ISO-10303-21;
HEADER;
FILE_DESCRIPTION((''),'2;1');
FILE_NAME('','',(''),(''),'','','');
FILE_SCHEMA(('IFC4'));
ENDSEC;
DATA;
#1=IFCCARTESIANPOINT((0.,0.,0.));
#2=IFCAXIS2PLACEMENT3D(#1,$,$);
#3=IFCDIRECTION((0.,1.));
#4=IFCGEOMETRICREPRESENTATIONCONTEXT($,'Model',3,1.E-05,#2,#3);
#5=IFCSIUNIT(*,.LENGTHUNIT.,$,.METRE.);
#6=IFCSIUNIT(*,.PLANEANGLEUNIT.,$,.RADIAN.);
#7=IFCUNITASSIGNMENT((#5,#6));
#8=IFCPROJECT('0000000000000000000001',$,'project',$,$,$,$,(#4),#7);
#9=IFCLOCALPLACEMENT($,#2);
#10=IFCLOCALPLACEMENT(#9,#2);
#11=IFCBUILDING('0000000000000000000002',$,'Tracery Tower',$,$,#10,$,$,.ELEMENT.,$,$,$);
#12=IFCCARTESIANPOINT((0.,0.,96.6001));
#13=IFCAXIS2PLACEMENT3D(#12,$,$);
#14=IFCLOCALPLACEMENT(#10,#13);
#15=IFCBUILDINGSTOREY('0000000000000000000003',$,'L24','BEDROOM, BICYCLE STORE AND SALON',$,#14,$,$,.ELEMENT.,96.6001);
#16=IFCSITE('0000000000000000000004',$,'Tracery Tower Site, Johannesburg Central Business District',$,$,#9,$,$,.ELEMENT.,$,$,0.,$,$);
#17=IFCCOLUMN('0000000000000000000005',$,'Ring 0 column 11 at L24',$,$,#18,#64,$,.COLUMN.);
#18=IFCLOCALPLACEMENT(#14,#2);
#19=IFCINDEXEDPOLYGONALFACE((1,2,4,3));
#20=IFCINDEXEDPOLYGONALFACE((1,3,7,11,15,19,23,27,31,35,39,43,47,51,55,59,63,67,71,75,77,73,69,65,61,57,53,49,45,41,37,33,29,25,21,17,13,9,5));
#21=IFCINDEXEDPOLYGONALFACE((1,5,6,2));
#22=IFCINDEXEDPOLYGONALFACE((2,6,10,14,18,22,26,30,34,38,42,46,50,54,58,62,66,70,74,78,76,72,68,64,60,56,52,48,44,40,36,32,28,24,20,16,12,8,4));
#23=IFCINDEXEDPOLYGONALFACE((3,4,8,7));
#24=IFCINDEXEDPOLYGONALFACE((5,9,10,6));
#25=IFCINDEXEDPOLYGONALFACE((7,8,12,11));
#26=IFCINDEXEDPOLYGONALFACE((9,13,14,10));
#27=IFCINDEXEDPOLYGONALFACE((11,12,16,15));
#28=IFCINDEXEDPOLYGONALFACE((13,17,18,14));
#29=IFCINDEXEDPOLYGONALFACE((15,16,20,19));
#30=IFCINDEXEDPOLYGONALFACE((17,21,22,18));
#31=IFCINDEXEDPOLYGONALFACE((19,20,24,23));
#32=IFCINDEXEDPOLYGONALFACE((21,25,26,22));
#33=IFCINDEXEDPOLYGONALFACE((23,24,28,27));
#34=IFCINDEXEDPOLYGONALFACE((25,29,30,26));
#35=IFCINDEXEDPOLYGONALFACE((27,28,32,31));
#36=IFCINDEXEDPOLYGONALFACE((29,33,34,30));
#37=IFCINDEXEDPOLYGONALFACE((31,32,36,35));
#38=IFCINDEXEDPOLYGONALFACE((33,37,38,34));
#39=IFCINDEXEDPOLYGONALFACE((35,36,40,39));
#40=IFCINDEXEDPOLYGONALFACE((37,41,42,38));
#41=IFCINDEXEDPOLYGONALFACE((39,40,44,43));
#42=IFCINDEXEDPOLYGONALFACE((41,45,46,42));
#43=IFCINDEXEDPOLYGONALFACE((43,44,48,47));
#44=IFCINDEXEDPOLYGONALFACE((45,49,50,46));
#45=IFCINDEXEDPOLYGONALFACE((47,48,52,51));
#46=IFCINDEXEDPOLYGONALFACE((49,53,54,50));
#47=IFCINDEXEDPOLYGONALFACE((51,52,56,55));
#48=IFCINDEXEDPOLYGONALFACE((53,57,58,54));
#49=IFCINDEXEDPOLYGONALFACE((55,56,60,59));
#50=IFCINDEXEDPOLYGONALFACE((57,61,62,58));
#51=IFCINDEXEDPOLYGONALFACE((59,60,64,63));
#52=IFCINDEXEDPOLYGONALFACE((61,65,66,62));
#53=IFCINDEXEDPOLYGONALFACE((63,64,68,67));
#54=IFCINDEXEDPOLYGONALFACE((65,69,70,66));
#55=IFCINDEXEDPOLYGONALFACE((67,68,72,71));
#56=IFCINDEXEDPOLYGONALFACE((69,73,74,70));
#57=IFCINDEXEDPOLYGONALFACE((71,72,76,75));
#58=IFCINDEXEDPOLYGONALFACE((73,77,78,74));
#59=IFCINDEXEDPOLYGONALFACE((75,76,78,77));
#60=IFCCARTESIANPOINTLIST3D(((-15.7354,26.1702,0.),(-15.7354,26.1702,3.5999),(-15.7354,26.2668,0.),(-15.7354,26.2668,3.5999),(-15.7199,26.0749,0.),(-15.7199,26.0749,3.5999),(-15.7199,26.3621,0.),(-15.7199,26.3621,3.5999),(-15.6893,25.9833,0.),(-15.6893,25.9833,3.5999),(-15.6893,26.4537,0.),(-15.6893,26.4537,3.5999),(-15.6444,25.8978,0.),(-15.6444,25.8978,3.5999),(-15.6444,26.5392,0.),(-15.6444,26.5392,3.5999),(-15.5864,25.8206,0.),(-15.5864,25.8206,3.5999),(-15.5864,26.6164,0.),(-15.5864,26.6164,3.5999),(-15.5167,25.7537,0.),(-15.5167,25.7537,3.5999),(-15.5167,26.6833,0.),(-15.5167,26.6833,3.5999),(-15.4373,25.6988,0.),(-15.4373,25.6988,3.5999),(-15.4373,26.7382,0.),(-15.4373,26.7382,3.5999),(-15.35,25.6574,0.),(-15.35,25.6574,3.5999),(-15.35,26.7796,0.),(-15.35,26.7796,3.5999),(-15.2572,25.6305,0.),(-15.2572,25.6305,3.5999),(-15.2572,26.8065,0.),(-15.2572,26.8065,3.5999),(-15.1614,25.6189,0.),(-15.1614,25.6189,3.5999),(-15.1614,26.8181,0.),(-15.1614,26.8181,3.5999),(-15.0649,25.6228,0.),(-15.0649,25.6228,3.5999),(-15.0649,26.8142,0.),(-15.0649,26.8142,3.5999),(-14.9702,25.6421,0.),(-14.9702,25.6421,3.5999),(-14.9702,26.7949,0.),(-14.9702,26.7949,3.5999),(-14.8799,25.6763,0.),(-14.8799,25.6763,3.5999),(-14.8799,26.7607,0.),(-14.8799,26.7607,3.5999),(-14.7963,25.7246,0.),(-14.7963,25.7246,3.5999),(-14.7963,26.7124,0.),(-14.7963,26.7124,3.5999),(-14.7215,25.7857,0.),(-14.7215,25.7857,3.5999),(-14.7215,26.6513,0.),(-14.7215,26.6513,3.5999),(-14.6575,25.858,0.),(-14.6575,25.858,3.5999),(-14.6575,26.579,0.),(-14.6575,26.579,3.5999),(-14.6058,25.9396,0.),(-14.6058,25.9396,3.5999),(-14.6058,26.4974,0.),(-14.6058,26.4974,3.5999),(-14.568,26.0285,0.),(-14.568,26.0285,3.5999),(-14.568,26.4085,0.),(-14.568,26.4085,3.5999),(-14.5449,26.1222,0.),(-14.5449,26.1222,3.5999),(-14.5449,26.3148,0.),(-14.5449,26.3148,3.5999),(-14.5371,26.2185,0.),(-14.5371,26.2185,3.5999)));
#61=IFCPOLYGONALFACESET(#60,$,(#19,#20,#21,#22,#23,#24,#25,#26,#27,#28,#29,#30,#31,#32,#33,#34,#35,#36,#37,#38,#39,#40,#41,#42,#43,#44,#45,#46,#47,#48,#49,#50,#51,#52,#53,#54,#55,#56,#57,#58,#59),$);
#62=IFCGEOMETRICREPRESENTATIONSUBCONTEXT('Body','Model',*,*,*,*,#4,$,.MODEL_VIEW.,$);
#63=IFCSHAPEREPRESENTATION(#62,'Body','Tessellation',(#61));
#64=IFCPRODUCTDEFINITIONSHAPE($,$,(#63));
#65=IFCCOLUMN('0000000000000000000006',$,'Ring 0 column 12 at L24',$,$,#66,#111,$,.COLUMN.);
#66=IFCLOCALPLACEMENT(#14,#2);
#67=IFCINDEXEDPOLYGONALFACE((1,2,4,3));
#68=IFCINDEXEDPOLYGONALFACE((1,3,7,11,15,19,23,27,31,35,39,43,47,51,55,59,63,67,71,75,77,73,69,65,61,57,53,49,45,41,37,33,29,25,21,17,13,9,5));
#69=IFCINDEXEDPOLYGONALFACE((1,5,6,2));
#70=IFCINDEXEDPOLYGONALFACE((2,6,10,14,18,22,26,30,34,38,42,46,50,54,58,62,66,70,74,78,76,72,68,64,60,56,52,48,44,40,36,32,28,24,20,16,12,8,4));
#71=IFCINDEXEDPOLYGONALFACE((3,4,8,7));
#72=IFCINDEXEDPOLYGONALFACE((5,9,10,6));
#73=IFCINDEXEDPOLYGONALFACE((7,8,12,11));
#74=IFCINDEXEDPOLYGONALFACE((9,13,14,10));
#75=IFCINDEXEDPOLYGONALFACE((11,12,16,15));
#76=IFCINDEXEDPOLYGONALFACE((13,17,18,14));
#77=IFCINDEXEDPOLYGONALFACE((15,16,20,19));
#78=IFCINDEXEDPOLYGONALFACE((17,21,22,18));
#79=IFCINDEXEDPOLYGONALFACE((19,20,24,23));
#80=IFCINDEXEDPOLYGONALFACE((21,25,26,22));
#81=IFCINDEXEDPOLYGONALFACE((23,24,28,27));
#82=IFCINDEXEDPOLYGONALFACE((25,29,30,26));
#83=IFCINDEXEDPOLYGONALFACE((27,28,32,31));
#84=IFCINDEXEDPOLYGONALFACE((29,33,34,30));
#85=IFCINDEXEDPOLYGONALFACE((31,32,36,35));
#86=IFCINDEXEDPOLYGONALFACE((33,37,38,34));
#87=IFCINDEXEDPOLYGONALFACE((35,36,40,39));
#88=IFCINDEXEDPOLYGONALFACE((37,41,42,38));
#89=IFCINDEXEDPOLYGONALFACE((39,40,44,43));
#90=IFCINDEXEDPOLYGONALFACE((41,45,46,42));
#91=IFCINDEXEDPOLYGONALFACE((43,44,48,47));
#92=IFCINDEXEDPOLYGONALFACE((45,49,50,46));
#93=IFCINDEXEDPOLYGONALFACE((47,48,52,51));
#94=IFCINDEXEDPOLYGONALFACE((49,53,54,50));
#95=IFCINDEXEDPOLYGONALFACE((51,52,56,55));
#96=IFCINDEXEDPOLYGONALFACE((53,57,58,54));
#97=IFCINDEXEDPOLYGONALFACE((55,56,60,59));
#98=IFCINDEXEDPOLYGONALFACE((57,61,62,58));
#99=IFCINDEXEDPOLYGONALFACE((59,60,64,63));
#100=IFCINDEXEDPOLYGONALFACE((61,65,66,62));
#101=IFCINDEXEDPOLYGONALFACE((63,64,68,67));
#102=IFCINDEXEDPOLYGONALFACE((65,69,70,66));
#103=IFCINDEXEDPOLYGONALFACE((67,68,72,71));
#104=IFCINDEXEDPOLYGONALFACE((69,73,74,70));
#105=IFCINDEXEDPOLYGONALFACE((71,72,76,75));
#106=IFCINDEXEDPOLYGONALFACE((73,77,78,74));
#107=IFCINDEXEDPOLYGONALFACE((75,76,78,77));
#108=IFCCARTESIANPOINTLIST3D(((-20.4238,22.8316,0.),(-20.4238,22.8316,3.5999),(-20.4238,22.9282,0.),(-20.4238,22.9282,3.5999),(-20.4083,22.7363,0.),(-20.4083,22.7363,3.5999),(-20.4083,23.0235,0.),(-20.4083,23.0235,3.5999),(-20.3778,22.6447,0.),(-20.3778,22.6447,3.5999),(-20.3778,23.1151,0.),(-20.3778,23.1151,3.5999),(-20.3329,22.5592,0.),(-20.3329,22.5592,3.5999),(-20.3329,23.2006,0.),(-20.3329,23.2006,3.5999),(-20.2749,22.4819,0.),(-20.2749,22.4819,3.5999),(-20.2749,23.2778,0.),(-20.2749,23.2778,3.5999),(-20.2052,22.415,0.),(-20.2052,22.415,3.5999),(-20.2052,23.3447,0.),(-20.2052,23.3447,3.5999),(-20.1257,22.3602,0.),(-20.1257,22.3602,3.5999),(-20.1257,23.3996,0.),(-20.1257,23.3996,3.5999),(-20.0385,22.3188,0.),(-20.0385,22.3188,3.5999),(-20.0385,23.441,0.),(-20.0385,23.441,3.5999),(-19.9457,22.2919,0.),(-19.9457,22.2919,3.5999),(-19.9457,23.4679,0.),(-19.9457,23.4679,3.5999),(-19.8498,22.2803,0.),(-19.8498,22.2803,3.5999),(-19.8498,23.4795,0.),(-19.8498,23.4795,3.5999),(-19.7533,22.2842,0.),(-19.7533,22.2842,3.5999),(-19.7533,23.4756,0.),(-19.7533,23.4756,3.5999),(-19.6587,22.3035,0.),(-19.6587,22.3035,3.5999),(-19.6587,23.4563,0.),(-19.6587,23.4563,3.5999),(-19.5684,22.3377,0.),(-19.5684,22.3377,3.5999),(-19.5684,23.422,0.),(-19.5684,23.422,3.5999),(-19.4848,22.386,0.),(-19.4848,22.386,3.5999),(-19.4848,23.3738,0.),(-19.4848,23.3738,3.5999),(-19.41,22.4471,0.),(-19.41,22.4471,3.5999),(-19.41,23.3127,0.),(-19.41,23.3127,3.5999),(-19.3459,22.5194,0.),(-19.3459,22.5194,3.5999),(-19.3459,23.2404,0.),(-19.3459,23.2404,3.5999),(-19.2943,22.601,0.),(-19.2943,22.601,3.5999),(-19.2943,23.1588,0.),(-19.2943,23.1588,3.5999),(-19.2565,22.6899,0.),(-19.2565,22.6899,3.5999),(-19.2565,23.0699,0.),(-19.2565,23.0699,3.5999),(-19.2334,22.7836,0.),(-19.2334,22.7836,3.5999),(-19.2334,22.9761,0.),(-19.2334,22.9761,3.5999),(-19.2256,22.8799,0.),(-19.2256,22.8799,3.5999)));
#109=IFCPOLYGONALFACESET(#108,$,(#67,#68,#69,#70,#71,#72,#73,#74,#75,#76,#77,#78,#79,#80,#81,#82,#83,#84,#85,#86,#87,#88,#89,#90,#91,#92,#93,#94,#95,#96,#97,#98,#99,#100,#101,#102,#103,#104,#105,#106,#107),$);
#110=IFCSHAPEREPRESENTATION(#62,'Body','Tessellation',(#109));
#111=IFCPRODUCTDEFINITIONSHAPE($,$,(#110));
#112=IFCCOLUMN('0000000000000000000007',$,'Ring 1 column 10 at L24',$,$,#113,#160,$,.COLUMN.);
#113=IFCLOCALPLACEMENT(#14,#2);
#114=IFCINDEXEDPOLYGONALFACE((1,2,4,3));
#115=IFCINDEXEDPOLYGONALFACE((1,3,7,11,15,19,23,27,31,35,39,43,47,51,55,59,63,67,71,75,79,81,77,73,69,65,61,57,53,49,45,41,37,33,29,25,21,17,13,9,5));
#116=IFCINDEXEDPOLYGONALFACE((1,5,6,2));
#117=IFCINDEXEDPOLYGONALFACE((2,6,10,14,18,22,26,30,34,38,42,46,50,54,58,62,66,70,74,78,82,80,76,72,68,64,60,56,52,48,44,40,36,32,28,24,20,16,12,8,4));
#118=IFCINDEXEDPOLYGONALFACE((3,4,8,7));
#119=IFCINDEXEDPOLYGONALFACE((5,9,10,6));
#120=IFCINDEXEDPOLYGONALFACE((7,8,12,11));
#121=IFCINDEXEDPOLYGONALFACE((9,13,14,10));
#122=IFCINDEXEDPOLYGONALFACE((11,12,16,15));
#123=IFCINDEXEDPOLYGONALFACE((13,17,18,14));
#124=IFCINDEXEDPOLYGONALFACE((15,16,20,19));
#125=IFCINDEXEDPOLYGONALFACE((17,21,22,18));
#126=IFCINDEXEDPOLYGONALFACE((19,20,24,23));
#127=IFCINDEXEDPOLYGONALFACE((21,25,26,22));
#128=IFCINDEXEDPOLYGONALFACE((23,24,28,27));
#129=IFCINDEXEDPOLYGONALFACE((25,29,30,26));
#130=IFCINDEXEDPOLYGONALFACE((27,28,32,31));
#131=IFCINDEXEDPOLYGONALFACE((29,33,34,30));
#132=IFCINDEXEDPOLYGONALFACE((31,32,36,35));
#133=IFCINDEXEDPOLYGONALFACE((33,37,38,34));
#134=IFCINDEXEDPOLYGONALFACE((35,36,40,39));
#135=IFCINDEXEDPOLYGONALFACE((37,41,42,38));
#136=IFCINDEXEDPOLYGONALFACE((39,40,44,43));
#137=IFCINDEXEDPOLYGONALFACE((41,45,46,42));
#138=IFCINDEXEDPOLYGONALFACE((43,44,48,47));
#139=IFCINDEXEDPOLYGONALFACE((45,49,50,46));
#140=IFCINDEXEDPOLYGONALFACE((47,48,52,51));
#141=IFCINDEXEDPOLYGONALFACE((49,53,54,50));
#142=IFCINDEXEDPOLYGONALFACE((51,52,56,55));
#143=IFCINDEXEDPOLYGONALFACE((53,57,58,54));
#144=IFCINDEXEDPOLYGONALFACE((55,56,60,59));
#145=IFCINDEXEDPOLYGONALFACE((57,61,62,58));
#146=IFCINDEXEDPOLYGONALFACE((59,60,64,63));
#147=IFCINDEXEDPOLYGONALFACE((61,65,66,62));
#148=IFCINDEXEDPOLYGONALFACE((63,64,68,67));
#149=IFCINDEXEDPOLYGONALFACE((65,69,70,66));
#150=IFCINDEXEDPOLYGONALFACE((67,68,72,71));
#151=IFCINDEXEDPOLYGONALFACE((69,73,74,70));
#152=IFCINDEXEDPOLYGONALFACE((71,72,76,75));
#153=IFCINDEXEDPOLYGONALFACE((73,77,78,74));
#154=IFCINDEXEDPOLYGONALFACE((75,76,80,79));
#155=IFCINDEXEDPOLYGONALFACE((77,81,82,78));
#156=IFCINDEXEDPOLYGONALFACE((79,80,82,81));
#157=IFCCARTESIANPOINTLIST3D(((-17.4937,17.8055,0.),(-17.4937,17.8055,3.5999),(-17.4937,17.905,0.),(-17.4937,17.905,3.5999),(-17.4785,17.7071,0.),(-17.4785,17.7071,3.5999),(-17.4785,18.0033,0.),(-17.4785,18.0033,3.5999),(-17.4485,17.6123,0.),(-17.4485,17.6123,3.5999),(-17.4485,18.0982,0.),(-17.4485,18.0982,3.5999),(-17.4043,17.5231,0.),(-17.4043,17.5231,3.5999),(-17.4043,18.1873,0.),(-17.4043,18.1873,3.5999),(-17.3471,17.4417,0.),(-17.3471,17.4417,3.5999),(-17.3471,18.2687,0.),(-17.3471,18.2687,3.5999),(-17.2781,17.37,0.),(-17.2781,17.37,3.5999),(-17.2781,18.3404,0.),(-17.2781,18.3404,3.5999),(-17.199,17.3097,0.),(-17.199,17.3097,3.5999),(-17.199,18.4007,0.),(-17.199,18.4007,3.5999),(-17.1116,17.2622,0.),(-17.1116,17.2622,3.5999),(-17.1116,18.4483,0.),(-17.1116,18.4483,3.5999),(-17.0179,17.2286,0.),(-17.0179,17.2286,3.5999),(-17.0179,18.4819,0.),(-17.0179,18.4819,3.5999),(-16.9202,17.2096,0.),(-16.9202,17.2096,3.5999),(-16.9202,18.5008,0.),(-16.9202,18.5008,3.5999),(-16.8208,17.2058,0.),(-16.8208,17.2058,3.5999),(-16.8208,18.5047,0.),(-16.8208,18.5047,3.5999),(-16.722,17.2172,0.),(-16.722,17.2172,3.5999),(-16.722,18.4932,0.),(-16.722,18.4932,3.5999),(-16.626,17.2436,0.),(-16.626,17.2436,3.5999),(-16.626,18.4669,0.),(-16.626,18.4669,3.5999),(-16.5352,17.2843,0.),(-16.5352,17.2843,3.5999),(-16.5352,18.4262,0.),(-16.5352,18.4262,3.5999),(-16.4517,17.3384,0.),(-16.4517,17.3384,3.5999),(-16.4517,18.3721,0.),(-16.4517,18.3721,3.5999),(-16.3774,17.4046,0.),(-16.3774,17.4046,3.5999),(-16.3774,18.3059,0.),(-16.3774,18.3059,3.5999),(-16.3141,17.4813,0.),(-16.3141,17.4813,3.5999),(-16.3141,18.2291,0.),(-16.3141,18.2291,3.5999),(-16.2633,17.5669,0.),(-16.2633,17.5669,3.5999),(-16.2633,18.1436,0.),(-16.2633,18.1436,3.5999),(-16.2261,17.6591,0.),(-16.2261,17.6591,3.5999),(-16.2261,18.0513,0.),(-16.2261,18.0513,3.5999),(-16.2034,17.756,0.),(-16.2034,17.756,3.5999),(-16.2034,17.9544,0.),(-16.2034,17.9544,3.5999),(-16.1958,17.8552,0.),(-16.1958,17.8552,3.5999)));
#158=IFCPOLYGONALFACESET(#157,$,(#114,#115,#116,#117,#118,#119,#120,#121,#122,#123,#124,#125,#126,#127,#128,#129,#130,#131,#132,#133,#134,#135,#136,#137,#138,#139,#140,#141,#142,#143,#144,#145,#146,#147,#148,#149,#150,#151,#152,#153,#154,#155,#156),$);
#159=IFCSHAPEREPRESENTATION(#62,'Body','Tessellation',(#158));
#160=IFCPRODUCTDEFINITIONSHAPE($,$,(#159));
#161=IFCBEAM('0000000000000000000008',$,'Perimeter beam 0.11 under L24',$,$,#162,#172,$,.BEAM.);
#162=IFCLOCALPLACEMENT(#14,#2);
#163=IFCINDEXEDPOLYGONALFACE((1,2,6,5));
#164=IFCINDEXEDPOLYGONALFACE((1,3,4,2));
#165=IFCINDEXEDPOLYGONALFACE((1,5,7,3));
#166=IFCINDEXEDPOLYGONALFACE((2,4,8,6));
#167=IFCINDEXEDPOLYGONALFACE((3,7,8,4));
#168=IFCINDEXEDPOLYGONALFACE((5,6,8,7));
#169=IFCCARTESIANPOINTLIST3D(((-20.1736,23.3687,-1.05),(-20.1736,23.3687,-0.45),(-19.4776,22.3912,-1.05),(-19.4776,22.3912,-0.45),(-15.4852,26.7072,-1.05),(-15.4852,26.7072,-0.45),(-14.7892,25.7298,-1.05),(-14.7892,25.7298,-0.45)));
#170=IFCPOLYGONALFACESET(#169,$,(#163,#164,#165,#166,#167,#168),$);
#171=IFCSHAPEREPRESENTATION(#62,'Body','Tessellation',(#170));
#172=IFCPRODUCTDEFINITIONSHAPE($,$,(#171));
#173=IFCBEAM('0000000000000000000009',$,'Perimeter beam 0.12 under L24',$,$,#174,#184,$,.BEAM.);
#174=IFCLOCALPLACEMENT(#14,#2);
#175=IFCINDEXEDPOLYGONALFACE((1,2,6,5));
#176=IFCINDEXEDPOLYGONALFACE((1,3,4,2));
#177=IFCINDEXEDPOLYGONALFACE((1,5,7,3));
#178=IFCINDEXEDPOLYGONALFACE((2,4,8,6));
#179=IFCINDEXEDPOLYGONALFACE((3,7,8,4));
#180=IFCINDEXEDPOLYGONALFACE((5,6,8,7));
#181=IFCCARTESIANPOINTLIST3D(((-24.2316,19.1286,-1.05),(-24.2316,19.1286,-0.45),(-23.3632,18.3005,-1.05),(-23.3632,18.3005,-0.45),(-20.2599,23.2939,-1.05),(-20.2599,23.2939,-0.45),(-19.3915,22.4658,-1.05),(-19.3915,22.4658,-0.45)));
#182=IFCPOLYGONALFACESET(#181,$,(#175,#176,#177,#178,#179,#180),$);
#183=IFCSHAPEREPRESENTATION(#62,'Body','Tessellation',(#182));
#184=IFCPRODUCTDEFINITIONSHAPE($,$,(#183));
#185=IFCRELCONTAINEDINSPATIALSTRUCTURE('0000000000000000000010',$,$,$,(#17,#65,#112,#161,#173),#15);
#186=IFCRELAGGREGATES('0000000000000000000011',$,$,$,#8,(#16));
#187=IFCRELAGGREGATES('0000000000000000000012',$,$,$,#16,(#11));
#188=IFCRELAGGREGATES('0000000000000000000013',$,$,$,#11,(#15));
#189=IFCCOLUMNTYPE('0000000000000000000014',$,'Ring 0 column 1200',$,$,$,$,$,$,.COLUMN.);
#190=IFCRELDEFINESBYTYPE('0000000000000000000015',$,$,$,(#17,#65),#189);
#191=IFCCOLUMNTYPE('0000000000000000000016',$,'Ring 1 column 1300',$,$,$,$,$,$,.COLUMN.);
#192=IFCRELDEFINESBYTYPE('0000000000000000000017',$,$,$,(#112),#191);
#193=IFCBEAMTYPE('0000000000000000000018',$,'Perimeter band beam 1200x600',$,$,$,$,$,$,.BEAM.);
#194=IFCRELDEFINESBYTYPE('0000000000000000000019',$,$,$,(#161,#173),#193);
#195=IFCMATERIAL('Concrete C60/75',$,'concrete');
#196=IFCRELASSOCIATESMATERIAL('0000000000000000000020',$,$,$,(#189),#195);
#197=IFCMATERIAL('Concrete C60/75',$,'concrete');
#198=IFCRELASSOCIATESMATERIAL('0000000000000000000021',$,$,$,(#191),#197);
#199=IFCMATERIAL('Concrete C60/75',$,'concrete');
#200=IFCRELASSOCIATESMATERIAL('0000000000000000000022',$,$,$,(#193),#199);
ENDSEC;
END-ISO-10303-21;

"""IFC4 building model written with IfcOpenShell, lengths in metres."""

from ifc_helpers import new_model, si_unit, direction, frame, origin, origin_2d, place, context, subcontext, project, spatial, rectangle, circle, extrude, material, material_profile, profile_set, type_object, element, save


model = new_model("IFC4")

# Units and contexts
model_context = context("Model", 3, precision=1e-05, world=origin(), true_north=direction((0.0, 1.0)))
body_context = subcontext(model_context, "Body", "Model", "MODEL_VIEW")
ifc_project = project(units=[si_unit("LENGTHUNIT", "METRE"), si_unit("PLANEANGLEUNIT", "RADIAN")], contexts=[model_context])

# Site, building, storey
site_placement = place(None, origin())
site = spatial("IfcSite", under=ifc_project, at=site_placement, Name="Tracery Tower Site, Johannesburg Central Business District", CompositionType="ELEMENT", RefElevation=0.0)
building_placement = place(site_placement, origin())
building = spatial("IfcBuilding", under=site, at=building_placement, Name="Tracery Tower", CompositionType="ELEMENT")
storey_placement = place(building_placement, frame((0.0, 0.0, 96.6001)))
storey = spatial("IfcBuildingStorey", under=building, at=storey_placement, Name="L24", Description="BEDROOM, BICYCLE STORE AND SALON", CompositionType="ELEMENT", Elevation=96.6001)

# Columns
ifc_material_1 = material(Name="Concrete C60/75", Category="concrete")
ifc_material_profile_1 = material_profile(ifc_material_1, circle(Radius=0.6001, at=origin_2d()), Name="RC D1200")
ifc_profile_set_1 = profile_set([ifc_material_profile_1], Name="Concrete C60/75")
column_type_1 = type_object("IfcColumnType", Name="Ring 0 column 1200", PredefinedType="COLUMN", material=ifc_profile_set_1)
for number, where, z_axis, x_axis, name in (
    (1, (-15.1372, 26.2185, 0.0), (0.0, 0.0, 1.0), (1.0, 0.0, 0.0), "Ring 0 column 11 at L24"),
    (2, (-19.8257, 22.8799, 0.0), (0.0, 0.0, 1.0), (1.0, 0.0, 0.0), "Ring 0 column 12 at L24"),
):
    element("IfcColumn", number, at=place(storey_placement, frame(where, z_axis=z_axis, x_axis=x_axis)), inside=storey, type_object=column_type_1, Name=name, PredefinedType="COLUMN", context=body_context, shape_type="SweptSolid", body=[
        extrude(circle(Radius=0.6001, at=origin_2d()), origin(), (0.0, 0.0, 1.0), 3.5999),
    ])
ifc_material_2 = material(Name="Concrete C60/75", Category="concrete")
ifc_material_profile_2 = material_profile(ifc_material_2, circle(Radius=0.6499, at=origin_2d()), Name="RC D1300")
ifc_profile_set_2 = profile_set([ifc_material_profile_2], Name="Concrete C60/75")
column_type_2 = type_object("IfcColumnType", Name="Ring 1 column 1300", PredefinedType="COLUMN", material=ifc_profile_set_2)
column_placement = place(storey_placement, frame((-16.8457, 17.8552, 0.0), z_axis=(0.0, 0.0, 1.0), x_axis=(1.0, 0.0, 0.0)))
element("IfcColumn", 3, at=column_placement, inside=storey, type_object=column_type_2, Name="Ring 1 column 10 at L24", PredefinedType="COLUMN", context=body_context, shape_type="SweptSolid", body=[
    extrude(circle(Radius=0.6499, at=origin_2d()), origin(), (0.0, 0.0, 1.0), 3.5999),
])

# Beams
ifc_material_3 = material(Name="Concrete C60/75", Category="concrete")
ifc_material_profile_3 = material_profile(ifc_material_3, rectangle(XDim=1.2, YDim=0.6001, at=origin_2d()), Name="RC 1200x600")
ifc_profile_set_3 = profile_set([ifc_material_profile_3], Name="Concrete C60/75")
beam_type = type_object("IfcBeamType", Name="Perimeter band beam 1200x600", PredefinedType="BEAM", material=ifc_profile_set_3)
beam_1_placement = place(storey_placement, frame((-15.1372, 26.2185, -0.75), z_axis=(-0.814578, -0.580054, 0.0), x_axis=(0.580054, -0.814578, 0.0)))
element("IfcBeam", 4, at=beam_1_placement, inside=storey, type_object=beam_type, Name="Perimeter beam 0.11 under L24", PredefinedType="BEAM", context=body_context, shape_type="SweptSolid", body=[
    extrude(rectangle(XDim=1.2, YDim=0.6001, at=origin_2d()), origin(), (0.0, 0.0, 1.0), 5.7556),
])
beam_2_placement = place(storey_placement, frame((-19.8257, 22.8799, -0.75), z_axis=(-0.690087, -0.723726, 0.0), x_axis=(0.723726, -0.690087, 0.0)))
element("IfcBeam", 5, at=beam_2_placement, inside=storey, type_object=beam_type, Name="Perimeter beam 0.12 under L24", PredefinedType="BEAM", context=body_context, shape_type="SweptSolid", body=[
    extrude(rectangle(XDim=1.2, YDim=0.6001, at=origin_2d()), origin(), (0.0, 0.0, 1.0), 5.7554),
])

save(model, "model.ifc")
